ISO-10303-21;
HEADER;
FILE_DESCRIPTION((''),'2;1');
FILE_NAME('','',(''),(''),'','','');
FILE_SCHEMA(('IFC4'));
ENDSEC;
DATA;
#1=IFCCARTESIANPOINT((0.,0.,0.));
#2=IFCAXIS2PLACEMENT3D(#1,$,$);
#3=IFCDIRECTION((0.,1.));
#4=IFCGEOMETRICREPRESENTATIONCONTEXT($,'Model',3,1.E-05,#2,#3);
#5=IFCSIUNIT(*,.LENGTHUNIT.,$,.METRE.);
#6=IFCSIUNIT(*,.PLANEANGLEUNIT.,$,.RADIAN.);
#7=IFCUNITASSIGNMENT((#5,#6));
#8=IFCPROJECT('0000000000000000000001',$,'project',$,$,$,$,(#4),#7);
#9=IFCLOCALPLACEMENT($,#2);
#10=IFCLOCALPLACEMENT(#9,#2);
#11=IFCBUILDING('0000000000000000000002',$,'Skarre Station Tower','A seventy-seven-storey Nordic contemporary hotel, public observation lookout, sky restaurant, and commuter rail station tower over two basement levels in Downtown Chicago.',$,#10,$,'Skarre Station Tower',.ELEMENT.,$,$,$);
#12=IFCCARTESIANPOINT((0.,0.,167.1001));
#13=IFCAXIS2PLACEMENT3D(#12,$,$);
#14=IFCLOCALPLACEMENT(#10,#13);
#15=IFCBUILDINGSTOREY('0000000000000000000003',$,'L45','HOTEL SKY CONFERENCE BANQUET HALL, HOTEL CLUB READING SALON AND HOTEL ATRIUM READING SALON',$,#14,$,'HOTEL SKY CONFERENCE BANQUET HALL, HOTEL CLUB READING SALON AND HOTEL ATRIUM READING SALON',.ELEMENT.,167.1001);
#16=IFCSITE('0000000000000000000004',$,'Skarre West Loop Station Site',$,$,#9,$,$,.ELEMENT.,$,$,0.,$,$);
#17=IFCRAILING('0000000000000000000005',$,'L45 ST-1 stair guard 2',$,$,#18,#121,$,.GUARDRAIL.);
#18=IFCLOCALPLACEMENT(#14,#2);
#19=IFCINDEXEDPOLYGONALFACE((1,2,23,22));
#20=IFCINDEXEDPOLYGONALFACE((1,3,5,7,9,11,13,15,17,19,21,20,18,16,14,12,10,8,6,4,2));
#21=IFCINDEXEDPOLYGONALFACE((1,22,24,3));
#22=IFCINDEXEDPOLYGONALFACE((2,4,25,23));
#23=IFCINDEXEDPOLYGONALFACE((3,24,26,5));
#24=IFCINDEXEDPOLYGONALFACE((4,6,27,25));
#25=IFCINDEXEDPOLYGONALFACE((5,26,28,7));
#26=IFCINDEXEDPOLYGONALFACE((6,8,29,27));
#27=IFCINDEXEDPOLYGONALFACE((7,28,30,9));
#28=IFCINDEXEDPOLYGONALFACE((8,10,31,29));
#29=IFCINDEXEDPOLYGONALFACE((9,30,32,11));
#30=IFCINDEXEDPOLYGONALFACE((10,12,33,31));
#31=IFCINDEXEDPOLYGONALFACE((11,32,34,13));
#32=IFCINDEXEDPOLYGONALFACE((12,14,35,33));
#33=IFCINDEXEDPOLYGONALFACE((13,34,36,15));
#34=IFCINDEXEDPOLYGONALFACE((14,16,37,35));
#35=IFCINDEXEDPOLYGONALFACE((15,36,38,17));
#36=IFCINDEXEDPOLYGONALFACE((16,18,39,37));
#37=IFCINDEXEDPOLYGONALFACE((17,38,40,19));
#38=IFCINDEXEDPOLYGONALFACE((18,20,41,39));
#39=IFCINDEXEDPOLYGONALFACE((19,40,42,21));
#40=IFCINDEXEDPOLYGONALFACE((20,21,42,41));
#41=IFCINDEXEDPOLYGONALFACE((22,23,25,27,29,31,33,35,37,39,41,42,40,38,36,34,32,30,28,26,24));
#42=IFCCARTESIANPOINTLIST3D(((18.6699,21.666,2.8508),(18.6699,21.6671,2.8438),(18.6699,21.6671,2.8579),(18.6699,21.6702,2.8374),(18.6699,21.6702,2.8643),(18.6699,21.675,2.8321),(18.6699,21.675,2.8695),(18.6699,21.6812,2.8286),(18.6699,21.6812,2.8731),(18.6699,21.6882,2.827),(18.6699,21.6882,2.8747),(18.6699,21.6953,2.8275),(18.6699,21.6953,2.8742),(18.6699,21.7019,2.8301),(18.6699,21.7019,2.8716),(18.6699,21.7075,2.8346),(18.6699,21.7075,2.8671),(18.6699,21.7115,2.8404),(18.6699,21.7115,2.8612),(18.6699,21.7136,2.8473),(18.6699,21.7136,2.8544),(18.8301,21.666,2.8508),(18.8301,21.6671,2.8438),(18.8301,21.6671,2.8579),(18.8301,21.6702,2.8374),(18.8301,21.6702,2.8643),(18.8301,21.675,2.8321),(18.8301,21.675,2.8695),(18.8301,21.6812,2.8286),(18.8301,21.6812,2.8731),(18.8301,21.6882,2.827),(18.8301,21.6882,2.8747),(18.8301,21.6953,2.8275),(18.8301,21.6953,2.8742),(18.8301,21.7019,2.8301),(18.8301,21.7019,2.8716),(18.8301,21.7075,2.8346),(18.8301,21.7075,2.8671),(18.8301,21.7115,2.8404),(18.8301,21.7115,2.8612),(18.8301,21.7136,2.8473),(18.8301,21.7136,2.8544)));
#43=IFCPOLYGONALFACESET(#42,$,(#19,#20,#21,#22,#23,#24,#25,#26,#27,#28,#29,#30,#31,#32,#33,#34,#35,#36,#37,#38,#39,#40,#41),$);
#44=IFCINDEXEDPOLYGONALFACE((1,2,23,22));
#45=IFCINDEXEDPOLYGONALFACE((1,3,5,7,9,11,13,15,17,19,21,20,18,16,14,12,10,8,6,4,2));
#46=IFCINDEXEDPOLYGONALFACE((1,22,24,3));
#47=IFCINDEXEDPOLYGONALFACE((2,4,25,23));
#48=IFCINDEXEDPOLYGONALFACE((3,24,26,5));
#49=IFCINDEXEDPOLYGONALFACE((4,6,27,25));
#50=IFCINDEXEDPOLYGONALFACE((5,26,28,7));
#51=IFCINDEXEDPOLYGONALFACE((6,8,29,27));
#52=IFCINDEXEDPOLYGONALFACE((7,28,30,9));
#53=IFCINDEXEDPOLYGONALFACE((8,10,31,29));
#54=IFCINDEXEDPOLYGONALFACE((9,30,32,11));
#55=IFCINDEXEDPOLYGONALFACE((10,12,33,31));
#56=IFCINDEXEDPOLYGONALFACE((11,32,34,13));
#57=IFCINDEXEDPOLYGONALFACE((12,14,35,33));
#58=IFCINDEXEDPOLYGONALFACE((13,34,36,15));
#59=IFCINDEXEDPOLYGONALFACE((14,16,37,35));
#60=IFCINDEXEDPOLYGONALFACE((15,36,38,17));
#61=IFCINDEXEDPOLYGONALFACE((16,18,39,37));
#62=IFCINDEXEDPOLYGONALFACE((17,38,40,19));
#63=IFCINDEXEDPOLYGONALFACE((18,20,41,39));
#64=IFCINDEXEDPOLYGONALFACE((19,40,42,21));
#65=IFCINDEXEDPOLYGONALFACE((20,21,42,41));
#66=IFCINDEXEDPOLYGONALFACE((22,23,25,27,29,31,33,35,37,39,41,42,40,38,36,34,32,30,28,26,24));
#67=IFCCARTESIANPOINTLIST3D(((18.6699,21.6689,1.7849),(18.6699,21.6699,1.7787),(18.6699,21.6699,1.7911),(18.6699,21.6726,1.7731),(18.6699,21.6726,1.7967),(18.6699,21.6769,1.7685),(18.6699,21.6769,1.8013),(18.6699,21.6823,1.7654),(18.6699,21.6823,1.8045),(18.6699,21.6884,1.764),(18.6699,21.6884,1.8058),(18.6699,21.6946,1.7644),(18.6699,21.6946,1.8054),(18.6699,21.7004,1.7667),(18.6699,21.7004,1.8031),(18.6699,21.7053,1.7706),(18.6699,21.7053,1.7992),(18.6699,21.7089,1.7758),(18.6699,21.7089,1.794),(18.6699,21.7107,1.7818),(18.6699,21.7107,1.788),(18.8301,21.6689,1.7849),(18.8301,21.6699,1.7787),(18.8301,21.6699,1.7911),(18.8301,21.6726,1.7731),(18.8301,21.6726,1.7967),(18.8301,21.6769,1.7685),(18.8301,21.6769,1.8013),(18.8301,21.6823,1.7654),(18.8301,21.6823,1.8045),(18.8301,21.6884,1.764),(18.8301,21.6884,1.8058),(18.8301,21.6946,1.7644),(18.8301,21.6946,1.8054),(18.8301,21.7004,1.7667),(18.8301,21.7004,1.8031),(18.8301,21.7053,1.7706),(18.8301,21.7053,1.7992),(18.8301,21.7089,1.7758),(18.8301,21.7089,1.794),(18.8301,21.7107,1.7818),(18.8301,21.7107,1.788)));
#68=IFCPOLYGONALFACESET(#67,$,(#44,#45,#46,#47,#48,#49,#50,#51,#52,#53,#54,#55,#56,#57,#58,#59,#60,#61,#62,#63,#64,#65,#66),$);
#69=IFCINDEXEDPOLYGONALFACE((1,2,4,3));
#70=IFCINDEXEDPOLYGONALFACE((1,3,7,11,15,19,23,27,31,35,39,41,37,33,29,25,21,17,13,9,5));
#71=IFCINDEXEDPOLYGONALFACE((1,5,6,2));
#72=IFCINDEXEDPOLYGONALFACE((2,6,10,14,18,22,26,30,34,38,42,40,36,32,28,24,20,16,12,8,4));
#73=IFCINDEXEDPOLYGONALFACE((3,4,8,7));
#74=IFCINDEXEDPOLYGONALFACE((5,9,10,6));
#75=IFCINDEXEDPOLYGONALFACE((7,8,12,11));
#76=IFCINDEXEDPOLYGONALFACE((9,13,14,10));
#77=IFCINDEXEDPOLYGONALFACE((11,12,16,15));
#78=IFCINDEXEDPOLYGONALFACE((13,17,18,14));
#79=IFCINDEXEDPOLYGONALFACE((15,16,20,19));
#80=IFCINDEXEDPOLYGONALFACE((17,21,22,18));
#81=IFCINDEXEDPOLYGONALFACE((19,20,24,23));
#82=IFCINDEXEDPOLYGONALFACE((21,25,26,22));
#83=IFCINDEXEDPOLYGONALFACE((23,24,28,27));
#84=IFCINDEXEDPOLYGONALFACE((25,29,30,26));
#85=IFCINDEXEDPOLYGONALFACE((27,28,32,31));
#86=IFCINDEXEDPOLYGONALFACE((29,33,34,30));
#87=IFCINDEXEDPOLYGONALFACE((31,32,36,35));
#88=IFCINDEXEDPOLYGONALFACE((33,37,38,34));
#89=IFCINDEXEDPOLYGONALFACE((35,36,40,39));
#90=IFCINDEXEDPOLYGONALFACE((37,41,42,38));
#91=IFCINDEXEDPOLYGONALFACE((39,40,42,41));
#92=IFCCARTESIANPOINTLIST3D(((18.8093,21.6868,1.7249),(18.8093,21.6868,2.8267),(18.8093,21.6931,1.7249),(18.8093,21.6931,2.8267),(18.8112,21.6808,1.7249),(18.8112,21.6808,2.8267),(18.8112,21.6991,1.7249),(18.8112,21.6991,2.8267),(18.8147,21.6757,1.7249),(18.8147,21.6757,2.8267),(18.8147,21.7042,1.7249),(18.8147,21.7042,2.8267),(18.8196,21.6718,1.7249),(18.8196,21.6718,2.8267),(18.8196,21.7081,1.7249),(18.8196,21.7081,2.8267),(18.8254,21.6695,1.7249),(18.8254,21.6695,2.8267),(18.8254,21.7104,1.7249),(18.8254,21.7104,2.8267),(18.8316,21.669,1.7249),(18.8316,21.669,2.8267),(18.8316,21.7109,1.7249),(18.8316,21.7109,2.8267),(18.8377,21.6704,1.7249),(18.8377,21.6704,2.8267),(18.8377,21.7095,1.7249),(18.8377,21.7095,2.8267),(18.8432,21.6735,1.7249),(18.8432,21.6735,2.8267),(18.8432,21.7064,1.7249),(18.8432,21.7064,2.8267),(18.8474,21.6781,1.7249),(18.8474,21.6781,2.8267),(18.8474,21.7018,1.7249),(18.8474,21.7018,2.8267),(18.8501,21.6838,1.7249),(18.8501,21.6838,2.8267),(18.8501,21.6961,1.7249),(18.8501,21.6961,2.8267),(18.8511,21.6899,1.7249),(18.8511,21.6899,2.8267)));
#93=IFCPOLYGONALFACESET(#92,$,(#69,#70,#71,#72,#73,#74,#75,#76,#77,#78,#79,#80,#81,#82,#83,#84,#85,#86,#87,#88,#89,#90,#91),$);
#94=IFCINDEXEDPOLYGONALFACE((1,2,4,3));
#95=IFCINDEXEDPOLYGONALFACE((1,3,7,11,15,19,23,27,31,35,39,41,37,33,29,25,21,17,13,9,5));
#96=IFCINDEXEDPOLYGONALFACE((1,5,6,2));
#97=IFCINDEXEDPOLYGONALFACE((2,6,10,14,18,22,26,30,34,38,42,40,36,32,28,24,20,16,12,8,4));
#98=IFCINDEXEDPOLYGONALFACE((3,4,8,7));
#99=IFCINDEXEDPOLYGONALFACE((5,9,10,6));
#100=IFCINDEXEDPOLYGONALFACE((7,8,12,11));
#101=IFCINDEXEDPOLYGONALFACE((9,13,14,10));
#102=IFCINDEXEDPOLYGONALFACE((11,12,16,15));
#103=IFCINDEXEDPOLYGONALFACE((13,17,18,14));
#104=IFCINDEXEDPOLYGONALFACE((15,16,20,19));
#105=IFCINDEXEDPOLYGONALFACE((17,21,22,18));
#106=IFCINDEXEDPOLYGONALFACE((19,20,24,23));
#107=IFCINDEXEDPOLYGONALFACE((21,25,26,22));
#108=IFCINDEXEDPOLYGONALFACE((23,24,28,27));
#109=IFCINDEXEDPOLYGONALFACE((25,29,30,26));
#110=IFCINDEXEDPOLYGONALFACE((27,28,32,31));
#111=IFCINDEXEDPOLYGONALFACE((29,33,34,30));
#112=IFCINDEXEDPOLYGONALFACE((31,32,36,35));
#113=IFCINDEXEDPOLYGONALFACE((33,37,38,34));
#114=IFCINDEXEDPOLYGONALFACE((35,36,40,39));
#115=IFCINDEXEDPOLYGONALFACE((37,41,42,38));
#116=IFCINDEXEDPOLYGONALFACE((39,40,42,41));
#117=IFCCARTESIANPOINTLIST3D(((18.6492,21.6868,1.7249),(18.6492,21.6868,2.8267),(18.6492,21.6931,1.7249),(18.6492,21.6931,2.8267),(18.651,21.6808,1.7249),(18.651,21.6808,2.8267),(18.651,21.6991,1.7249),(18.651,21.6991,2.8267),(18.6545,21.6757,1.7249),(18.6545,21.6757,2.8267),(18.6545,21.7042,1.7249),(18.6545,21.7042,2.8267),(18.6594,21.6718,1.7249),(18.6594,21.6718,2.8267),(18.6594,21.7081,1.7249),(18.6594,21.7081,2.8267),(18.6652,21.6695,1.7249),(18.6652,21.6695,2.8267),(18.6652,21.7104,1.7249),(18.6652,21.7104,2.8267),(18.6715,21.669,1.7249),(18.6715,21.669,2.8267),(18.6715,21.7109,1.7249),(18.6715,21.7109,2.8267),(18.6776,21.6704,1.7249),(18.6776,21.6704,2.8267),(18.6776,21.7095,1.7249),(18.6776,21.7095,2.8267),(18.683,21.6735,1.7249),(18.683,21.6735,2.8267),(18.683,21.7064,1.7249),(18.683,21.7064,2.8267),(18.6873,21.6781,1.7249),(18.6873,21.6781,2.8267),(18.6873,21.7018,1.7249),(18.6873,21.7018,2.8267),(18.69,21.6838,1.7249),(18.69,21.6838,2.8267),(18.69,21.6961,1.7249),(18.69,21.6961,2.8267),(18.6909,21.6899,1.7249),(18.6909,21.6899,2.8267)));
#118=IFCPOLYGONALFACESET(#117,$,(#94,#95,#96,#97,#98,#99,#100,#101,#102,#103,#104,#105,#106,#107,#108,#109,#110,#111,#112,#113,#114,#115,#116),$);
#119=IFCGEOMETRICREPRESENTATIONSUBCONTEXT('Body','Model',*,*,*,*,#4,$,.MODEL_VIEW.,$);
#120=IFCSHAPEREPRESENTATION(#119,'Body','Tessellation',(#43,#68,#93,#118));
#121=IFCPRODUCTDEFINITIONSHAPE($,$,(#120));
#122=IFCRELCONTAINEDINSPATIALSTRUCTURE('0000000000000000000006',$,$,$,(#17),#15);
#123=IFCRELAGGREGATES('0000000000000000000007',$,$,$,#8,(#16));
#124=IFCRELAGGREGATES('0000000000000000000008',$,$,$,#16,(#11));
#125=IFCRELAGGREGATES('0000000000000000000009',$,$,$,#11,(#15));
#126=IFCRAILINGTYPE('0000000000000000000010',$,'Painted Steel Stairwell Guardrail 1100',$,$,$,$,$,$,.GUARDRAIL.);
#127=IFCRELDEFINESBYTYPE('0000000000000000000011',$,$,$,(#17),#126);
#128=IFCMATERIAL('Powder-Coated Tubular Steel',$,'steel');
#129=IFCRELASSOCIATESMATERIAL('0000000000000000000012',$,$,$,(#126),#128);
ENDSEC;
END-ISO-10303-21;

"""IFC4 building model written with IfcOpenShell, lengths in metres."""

from ifc_helpers import new_model, si_unit, direction, frame, origin, origin_2d, place, context, subcontext, project, spatial, circle, extrude, material, type_object, element, save


model = new_model("IFC4")

# Units and contexts
model_context = context("Model", 3, precision=1e-05, world=origin(), true_north=direction((0.0, 1.0)))
body_context = subcontext(model_context, "Body", "Model", "MODEL_VIEW")
ifc_project = project(units=[si_unit("LENGTHUNIT", "METRE"), si_unit("PLANEANGLEUNIT", "RADIAN")], contexts=[model_context])

# Site, building, storey
site_placement = place(None, origin())
site = spatial("IfcSite", under=ifc_project, at=site_placement, Name="Skarre West Loop Station Site", CompositionType="ELEMENT", RefElevation=0.0)
building_placement = place(site_placement, origin())
building = spatial("IfcBuilding", under=site, at=building_placement, Name="Skarre Station Tower", Description="A seventy-seven-storey Nordic contemporary hotel, public observation lookout, sky restaurant, and commuter rail station tower over two basement levels in Downtown Chicago.", LongName="Skarre Station Tower", CompositionType="ELEMENT")
storey_placement = place(building_placement, frame((0.0, 0.0, 167.1001)))
storey = spatial("IfcBuildingStorey", under=building, at=storey_placement, Name="L45", Description="HOTEL SKY CONFERENCE BANQUET HALL, HOTEL CLUB READING SALON AND HOTEL ATRIUM READING SALON", LongName="HOTEL SKY CONFERENCE BANQUET HALL, HOTEL CLUB READING SALON AND HOTEL ATRIUM READING SALON", CompositionType="ELEMENT", Elevation=167.1001)

# Railing
ifc_material_1 = material(Name="Powder-Coated Tubular Steel", Category="steel")
railing_type_1 = type_object("IfcRailingType", Name="Painted Steel Stairwell Guardrail 1100", PredefinedType="GUARDRAIL", material=ifc_material_1)
railing_1_placement = place(storey_placement, frame((18.8301, 21.6899, 1.7249)))
element("IfcRailing", 1, at=railing_1_placement, inside=storey, type_object=railing_type_1, Name="L45 ST-1 stair guard 2", PredefinedType="GUARDRAIL", context=body_context, shape_type="SweptSolid", body=[
    extrude(circle(Radius=0.0239, at=origin_2d()), frame((0.0, 0.0, 1.126), z_axis=(-1.0, 0.0, 0.0), x_axis=(0.0, -1.0, 0.0)), (0.0, 0.0, 1.0), 0.1602),
    extrude(circle(Radius=0.021, at=origin_2d()), frame((0.0, 0.0, 0.0601), z_axis=(-1.0, 0.0, 0.0), x_axis=(0.0, -1.0, 0.0)), (0.0, 0.0, 1.0), 0.1602),
    extrude(circle(Radius=0.021, at=origin_2d()), origin(), (0.0, 0.0, 1.0), 1.1018),
    extrude(circle(Radius=0.021, at=origin_2d()), frame((-0.1602, 0.0, 0.0)), (0.0, 0.0, 1.0), 1.1018),
])

save(model, "model.ifc")
